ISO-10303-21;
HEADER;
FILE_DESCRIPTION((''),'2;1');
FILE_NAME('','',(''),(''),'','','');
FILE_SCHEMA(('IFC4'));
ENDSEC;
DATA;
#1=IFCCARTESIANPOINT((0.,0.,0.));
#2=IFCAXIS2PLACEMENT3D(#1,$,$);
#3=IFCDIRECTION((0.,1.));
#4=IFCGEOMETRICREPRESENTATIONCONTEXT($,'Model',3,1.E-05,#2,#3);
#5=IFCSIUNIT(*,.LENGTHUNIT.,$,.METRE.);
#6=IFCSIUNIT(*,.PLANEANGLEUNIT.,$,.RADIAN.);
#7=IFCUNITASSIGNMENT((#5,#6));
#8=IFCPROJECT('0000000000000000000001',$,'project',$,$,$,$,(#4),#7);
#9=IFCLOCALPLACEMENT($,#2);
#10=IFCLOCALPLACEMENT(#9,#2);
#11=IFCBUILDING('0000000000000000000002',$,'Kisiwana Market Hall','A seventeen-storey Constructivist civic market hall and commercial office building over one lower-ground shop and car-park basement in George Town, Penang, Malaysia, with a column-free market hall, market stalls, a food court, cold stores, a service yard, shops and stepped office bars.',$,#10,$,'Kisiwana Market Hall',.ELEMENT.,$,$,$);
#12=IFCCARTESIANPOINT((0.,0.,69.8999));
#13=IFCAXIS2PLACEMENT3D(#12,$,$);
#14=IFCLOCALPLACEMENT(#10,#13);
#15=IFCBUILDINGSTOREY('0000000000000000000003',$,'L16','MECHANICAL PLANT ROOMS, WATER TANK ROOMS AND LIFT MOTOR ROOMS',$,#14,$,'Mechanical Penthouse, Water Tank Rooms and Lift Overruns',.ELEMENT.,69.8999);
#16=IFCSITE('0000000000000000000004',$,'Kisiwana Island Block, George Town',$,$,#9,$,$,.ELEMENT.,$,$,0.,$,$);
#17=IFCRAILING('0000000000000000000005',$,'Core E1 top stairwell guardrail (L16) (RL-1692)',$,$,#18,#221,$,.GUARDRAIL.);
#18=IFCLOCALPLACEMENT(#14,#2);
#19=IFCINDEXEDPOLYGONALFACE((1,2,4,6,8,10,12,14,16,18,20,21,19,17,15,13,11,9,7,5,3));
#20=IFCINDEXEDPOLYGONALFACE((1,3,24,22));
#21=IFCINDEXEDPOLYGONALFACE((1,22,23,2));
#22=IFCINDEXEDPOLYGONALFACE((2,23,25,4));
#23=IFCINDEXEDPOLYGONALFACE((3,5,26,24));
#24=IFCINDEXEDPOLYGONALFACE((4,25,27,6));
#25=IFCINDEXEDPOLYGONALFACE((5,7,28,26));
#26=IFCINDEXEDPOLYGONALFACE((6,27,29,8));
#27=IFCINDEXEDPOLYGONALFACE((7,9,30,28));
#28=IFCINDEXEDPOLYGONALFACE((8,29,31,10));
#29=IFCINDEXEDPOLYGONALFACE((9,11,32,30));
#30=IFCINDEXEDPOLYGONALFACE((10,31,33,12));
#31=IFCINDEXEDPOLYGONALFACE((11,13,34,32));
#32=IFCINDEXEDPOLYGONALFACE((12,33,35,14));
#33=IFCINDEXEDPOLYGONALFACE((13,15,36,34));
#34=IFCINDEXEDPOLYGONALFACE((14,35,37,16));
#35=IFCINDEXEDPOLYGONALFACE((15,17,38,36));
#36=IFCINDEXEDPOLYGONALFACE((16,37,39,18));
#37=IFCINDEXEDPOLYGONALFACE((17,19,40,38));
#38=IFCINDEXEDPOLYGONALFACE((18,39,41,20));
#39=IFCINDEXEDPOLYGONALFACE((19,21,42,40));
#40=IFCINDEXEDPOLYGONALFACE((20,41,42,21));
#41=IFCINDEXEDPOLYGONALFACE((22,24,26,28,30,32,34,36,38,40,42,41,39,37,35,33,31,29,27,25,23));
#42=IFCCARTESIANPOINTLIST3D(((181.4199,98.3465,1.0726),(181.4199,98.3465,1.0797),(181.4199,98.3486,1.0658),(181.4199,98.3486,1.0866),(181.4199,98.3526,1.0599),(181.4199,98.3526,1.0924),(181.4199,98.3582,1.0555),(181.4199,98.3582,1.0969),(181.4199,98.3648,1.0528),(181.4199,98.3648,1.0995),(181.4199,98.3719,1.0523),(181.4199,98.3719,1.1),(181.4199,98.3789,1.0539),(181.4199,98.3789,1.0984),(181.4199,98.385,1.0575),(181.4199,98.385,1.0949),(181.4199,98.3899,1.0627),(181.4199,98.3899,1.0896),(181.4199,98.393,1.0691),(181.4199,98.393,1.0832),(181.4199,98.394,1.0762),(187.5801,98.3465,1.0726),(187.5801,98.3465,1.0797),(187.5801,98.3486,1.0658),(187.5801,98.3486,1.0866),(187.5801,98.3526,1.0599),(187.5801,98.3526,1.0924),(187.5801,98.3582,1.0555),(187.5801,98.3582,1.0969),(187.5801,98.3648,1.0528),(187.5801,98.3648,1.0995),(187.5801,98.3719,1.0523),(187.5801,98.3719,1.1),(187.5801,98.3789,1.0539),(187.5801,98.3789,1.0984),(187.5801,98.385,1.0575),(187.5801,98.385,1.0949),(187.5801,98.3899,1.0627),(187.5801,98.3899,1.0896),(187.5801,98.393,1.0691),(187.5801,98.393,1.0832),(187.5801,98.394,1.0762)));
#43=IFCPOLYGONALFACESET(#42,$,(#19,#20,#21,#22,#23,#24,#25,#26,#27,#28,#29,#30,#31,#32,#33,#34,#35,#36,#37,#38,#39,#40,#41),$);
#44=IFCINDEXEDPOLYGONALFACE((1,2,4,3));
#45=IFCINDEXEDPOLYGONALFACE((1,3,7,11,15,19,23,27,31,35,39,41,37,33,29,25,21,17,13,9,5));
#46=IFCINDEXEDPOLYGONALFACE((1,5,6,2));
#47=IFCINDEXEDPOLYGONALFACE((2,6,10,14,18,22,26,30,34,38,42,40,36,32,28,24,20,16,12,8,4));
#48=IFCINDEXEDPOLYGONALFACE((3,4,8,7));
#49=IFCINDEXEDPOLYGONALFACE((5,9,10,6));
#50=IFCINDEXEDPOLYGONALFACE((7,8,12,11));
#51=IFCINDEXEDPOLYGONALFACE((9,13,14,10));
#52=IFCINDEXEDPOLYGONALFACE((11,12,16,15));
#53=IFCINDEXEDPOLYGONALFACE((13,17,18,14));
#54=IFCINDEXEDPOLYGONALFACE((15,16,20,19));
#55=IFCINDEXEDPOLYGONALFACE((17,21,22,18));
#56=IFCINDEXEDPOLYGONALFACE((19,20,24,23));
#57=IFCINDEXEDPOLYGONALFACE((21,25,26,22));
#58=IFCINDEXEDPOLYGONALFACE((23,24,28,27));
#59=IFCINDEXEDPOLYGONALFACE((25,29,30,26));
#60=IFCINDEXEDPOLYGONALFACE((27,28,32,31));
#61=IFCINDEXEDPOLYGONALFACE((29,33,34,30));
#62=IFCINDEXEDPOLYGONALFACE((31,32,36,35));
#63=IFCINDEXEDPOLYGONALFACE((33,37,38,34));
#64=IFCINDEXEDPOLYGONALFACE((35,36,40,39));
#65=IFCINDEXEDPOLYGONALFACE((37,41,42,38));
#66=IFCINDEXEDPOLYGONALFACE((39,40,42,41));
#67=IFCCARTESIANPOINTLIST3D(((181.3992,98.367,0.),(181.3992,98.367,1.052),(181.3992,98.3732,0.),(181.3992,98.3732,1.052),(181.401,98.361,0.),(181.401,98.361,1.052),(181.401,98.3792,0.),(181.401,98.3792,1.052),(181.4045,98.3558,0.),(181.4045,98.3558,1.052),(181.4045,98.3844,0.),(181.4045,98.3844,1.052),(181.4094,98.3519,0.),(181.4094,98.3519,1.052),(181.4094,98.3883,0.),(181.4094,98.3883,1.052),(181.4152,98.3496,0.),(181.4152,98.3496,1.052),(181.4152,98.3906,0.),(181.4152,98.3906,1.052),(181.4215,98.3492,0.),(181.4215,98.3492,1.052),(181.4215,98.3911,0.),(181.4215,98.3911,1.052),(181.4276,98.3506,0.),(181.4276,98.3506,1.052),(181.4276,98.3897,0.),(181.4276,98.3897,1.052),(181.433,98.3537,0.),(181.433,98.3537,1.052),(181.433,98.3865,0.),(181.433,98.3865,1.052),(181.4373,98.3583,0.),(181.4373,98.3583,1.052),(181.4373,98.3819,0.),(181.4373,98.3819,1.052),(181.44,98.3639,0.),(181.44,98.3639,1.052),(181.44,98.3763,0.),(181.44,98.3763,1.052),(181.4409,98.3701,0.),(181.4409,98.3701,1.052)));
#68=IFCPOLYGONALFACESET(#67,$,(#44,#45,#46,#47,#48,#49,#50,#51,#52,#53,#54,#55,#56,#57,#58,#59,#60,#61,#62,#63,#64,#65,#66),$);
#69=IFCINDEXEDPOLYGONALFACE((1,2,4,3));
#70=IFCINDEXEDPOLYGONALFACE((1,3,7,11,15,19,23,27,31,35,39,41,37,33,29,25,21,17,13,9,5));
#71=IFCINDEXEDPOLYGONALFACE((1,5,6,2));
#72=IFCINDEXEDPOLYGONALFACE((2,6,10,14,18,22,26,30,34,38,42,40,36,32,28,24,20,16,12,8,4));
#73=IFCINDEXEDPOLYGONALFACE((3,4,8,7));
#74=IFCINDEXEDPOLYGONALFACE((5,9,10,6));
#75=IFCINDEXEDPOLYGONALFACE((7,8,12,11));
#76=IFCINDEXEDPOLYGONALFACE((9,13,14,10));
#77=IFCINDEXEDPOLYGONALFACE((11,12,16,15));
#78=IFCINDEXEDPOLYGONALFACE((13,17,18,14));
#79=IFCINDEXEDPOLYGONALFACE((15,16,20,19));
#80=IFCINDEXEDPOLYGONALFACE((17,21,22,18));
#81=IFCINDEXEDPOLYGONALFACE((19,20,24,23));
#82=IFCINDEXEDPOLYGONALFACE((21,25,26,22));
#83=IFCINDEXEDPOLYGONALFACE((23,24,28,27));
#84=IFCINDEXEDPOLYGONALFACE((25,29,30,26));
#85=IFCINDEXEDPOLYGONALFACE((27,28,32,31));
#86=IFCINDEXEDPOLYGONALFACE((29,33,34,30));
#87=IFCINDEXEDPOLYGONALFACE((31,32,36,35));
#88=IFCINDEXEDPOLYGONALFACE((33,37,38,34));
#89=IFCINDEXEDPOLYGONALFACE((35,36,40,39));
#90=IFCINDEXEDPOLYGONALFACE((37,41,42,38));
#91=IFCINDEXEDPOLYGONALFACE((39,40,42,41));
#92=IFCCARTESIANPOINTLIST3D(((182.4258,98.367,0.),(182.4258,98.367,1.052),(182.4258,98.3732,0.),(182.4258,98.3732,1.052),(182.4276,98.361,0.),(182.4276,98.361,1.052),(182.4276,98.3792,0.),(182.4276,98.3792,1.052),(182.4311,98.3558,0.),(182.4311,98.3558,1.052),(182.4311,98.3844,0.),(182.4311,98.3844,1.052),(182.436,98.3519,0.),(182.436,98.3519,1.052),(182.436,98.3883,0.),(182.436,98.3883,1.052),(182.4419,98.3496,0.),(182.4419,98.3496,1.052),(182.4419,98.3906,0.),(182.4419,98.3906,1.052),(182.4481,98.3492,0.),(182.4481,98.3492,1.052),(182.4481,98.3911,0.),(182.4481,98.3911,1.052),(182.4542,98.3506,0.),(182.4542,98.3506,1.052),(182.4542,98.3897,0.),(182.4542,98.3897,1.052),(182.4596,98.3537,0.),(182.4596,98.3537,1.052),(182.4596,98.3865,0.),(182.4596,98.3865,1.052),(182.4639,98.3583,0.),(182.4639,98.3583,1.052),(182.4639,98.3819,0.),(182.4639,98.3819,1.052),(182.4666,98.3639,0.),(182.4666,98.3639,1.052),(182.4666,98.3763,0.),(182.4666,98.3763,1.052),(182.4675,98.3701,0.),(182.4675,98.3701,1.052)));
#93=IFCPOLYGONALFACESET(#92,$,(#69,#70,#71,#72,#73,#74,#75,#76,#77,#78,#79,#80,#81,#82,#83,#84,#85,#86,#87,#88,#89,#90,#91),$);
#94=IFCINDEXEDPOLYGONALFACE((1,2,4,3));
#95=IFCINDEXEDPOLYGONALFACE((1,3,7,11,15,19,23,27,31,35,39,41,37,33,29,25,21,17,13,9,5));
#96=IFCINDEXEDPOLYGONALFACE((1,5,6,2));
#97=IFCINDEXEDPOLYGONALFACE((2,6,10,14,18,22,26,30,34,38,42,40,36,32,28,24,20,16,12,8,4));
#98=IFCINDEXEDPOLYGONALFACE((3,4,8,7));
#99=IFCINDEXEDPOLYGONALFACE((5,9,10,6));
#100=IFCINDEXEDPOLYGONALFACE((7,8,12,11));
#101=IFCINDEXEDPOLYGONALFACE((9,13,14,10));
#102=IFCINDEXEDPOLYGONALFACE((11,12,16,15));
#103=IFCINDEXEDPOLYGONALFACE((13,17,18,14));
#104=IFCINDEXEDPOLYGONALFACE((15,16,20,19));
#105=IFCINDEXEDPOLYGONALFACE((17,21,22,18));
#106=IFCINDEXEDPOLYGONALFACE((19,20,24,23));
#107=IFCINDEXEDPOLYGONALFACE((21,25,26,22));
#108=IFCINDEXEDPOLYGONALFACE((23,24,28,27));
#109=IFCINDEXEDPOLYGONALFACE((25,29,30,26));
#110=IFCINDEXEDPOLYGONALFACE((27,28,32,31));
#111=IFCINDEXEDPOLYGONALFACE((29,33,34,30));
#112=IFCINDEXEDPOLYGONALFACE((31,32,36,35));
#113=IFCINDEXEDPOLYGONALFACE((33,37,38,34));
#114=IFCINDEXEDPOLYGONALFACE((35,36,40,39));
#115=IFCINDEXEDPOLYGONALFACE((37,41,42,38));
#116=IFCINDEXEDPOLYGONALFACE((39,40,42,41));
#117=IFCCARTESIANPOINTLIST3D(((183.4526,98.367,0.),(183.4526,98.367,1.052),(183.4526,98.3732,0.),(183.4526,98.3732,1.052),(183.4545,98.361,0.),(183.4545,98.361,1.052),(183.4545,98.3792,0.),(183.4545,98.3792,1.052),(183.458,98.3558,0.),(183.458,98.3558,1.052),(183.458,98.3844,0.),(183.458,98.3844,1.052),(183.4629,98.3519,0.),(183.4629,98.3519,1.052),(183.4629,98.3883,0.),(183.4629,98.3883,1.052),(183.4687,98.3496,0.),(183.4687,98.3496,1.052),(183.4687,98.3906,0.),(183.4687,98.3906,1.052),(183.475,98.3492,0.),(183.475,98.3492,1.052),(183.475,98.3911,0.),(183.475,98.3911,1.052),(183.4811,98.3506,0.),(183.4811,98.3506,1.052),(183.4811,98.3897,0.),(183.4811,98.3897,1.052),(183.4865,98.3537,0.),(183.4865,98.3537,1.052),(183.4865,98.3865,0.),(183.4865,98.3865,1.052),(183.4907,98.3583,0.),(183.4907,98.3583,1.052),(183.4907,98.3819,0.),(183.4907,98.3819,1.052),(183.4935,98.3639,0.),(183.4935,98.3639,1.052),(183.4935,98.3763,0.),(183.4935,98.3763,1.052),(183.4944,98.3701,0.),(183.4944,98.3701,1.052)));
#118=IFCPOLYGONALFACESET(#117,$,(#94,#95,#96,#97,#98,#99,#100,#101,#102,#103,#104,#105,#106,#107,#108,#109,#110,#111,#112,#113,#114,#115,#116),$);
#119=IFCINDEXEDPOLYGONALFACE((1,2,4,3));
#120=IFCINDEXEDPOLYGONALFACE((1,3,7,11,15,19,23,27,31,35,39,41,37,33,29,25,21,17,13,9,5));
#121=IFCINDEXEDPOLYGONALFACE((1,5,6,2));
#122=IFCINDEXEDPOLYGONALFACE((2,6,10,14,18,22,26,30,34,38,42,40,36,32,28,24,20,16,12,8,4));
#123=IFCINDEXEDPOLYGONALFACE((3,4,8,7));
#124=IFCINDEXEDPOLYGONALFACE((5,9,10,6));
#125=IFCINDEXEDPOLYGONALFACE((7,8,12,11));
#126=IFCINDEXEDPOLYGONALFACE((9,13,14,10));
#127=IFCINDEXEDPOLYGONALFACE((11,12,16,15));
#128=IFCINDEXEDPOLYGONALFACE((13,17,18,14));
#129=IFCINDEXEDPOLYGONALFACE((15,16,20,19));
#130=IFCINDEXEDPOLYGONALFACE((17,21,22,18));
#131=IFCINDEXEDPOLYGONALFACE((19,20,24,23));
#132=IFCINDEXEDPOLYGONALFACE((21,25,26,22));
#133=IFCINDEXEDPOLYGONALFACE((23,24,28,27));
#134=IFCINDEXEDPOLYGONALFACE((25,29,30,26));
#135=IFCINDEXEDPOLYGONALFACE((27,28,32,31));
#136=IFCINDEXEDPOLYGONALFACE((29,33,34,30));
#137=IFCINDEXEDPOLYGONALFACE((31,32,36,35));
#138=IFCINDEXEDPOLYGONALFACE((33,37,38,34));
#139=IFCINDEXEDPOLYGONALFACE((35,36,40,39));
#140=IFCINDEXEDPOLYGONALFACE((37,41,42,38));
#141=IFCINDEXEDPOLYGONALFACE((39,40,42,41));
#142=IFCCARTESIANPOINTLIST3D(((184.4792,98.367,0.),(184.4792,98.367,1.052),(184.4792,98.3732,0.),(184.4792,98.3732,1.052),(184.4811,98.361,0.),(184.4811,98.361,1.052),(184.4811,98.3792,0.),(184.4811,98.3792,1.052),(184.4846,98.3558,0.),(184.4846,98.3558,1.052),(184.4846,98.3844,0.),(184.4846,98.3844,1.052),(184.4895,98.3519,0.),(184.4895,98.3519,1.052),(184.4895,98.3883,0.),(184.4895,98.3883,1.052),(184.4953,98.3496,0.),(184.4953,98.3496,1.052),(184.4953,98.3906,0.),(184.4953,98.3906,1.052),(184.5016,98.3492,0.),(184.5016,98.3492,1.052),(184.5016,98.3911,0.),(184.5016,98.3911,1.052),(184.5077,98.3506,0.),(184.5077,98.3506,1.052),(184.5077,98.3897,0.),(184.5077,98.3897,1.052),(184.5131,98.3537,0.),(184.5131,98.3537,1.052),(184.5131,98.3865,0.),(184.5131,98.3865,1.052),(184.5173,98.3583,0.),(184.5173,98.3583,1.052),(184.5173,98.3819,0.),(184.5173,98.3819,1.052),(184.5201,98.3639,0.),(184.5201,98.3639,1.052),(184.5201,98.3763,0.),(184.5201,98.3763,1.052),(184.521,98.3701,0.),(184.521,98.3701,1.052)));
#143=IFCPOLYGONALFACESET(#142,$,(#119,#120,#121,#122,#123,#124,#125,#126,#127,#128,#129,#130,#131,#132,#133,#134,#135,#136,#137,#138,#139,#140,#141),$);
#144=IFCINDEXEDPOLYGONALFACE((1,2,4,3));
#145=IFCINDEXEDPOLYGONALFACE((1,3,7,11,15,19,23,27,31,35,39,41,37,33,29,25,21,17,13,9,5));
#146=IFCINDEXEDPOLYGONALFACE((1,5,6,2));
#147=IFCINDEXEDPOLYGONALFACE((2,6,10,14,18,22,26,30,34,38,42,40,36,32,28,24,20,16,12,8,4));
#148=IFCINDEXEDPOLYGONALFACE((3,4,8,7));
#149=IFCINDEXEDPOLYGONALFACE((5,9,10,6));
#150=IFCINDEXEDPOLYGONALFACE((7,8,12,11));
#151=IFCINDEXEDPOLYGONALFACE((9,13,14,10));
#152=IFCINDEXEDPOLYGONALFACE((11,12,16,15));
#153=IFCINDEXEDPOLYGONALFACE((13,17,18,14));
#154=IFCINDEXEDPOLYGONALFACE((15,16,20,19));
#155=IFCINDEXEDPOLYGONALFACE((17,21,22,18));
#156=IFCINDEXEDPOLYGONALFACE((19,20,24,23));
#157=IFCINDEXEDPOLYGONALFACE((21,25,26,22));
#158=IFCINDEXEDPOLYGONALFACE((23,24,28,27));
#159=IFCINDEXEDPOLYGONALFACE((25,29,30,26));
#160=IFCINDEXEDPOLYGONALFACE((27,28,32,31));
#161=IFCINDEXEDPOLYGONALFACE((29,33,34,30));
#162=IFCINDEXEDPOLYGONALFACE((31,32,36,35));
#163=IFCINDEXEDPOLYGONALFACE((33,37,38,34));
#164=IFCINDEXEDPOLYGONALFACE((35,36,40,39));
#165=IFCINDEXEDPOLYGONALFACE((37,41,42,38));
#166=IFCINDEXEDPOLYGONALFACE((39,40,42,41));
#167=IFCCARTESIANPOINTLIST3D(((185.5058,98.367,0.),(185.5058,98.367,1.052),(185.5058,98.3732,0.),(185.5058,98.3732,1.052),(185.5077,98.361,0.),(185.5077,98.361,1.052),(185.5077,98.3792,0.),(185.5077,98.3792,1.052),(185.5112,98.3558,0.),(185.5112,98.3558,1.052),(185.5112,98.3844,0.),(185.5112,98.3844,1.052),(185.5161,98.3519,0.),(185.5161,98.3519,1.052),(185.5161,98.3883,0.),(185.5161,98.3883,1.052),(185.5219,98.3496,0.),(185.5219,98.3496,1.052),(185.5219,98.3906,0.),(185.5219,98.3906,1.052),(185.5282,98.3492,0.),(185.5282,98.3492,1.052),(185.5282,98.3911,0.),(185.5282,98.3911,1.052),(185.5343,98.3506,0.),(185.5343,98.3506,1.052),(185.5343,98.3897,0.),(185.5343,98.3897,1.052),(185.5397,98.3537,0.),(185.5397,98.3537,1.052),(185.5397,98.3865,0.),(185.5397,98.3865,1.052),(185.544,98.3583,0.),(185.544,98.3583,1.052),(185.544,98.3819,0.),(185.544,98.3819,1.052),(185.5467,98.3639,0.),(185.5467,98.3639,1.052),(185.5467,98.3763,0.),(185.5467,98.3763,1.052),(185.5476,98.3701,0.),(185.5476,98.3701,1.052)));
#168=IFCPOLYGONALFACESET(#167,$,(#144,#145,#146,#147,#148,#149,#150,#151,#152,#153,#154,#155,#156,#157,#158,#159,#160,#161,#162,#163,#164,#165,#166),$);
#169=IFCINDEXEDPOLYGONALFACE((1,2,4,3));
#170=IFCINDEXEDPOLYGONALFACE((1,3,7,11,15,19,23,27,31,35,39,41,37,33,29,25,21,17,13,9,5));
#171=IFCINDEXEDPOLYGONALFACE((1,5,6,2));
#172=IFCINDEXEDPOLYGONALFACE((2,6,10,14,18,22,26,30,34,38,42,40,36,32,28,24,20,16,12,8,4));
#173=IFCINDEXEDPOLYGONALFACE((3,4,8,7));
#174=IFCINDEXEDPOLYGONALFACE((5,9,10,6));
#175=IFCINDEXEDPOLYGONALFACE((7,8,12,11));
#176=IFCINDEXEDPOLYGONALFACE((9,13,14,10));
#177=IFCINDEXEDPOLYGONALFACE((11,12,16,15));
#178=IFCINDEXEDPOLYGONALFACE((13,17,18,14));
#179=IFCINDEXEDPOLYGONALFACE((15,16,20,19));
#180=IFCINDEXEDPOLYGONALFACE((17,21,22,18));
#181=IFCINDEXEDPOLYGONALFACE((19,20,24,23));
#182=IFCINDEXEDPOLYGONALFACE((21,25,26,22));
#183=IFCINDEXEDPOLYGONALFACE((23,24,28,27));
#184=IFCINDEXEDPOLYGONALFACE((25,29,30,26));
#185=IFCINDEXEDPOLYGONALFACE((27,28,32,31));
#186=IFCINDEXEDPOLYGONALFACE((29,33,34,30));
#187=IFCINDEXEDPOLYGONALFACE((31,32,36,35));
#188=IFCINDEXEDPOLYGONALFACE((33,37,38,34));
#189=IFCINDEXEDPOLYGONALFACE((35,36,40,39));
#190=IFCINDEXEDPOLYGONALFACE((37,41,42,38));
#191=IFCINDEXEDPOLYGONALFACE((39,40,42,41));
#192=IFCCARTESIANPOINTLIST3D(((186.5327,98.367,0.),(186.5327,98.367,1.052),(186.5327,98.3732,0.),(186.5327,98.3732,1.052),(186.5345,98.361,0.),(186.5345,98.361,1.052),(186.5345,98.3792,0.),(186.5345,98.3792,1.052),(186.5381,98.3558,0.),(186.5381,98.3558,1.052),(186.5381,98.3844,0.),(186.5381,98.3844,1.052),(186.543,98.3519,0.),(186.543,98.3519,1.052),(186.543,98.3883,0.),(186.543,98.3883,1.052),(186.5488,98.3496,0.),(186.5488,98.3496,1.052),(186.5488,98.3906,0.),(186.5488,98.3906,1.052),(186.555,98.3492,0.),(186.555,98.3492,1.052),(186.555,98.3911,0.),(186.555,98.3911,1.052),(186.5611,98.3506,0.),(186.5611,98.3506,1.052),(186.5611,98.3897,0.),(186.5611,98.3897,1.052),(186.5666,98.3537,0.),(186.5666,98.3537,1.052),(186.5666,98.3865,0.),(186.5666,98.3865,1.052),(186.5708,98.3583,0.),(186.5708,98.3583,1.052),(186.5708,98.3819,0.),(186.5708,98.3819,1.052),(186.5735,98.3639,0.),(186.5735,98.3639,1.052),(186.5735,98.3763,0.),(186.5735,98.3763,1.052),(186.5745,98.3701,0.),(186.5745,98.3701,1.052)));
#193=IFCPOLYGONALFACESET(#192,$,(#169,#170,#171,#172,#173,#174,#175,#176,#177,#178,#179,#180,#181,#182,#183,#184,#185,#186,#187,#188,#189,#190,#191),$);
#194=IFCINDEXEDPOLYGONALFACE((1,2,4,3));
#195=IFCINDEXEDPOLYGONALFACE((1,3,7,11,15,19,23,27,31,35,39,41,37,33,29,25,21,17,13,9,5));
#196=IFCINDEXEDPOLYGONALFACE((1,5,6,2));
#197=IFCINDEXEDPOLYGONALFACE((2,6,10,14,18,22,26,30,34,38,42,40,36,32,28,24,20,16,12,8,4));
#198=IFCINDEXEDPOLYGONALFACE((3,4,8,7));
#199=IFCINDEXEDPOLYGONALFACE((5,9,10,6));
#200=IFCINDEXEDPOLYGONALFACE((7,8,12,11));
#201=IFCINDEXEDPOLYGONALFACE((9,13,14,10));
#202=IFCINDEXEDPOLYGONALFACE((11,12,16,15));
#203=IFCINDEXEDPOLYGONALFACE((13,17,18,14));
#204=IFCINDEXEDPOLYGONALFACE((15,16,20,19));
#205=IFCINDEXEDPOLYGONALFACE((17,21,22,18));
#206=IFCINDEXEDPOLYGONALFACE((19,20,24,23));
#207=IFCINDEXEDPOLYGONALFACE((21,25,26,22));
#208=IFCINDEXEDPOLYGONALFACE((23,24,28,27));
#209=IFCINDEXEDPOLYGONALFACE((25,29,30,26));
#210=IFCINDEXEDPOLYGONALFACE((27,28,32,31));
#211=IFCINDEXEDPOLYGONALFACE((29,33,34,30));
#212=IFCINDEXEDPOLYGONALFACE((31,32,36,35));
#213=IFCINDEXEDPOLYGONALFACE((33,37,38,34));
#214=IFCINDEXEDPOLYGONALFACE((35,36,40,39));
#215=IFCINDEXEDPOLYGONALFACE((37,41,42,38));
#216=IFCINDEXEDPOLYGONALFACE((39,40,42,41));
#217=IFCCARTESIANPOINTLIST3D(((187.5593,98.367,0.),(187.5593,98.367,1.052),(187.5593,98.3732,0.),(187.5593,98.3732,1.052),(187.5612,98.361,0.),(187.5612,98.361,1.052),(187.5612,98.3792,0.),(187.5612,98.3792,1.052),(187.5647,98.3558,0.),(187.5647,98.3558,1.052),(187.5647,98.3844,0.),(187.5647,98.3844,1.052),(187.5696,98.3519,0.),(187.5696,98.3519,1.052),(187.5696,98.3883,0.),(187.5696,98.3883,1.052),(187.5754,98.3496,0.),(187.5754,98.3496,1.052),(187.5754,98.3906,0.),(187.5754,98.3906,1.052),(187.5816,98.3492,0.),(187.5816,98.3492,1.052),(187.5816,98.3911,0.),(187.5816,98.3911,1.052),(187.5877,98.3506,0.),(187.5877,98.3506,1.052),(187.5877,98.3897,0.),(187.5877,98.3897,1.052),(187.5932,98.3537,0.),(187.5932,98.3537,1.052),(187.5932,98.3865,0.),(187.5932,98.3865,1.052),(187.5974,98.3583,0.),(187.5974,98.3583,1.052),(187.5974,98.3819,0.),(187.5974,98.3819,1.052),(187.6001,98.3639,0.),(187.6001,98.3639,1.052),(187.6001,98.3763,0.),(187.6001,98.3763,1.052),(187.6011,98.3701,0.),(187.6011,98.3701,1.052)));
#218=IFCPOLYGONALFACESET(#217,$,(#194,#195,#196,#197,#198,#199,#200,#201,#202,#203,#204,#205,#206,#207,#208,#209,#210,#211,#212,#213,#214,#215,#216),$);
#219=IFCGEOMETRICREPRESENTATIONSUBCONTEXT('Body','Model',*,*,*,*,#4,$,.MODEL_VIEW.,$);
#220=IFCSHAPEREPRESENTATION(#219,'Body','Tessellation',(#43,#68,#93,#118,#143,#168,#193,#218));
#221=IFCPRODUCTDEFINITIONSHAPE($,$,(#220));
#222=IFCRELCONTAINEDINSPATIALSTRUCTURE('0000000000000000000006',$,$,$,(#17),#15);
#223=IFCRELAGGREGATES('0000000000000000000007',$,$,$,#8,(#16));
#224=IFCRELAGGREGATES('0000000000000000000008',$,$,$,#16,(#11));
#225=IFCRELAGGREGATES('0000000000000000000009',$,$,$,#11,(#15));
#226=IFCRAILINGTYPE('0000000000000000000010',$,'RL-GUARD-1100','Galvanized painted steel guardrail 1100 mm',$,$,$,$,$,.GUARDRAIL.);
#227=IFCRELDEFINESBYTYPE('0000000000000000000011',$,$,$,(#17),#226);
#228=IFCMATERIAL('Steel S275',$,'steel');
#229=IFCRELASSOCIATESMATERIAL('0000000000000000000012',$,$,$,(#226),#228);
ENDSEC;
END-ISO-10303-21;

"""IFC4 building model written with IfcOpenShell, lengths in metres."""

from ifc_helpers import new_model, si_unit, direction, frame, origin, origin_2d, place, context, subcontext, project, spatial, circle, extrude, material, type_object, element, save


model = new_model("IFC4")

# Units and contexts
model_context = context("Model", 3, precision=1e-05, world=origin(), true_north=direction((0.0, 1.0)))
body_context = subcontext(model_context, "Body", "Model", "MODEL_VIEW")
ifc_project = project(units=[si_unit("LENGTHUNIT", "METRE"), si_unit("PLANEANGLEUNIT", "RADIAN")], contexts=[model_context])

# Site, building, storey
site_placement = place(None, origin())
site = spatial("IfcSite", under=ifc_project, at=site_placement, Name="Kisiwana Island Block, George Town", CompositionType="ELEMENT", RefElevation=0.0)
building_placement = place(site_placement, origin())
building = spatial("IfcBuilding", under=site, at=building_placement, Name="Kisiwana Market Hall", Description="A seventeen-storey Constructivist civic market hall and commercial office building over one lower-ground shop and car-park basement in George Town, Penang, Malaysia, with a column-free market hall, market stalls, a food court, cold stores, a service yard, shops and stepped office bars.", LongName="Kisiwana Market Hall", CompositionType="ELEMENT")
storey_placement = place(building_placement, frame((0.0, 0.0, 69.8999)))
storey = spatial("IfcBuildingStorey", under=building, at=storey_placement, Name="L16", Description="MECHANICAL PLANT ROOMS, WATER TANK ROOMS AND LIFT MOTOR ROOMS", LongName="Mechanical Penthouse, Water Tank Rooms and Lift Overruns", CompositionType="ELEMENT", Elevation=69.8999)

# Railing
ifc_material_1 = material(Name="Steel S275", Category="steel")
railing_type = type_object("IfcRailingType", Name="RL-GUARD-1100", Description="Galvanized painted steel guardrail 1100 mm", PredefinedType="GUARDRAIL", material=ifc_material_1)
railing_placement = place(storey_placement, frame((181.4199, 98.3701, 0.0)))
element("IfcRailing", 1, at=railing_placement, inside=storey, type_object=railing_type, Name="Core E1 top stairwell guardrail (L16) (RL-1692)", PredefinedType="GUARDRAIL", context=body_context, shape_type="SweptSolid", body=[
    extrude(circle(Radius=0.0239, at=origin_2d()), frame((0.0, 0.0, 1.0762), z_axis=(1.0, 0.0, 0.0), x_axis=(0.0, 1.0, 0.0)), (0.0, 0.0, 1.0), 6.1602),
    extrude(circle(Radius=0.021, at=origin_2d()), origin(), (0.0, 0.0, 1.0), 1.052),
    extrude(circle(Radius=0.021, at=origin_2d()), frame((1.0266, 0.0, 0.0)), (0.0, 0.0, 1.0), 1.052),
    extrude(circle(Radius=0.021, at=origin_2d()), frame((2.0535, 0.0, 0.0)), (0.0, 0.0, 1.0), 1.052),
    extrude(circle(Radius=0.021, at=origin_2d()), frame((3.0801, 0.0, 0.0)), (0.0, 0.0, 1.0), 1.052),
    extrude(circle(Radius=0.021, at=origin_2d()), frame((4.1067, 0.0, 0.0)), (0.0, 0.0, 1.0), 1.052),
    extrude(circle(Radius=0.021, at=origin_2d()), frame((5.1335, 0.0, 0.0)), (0.0, 0.0, 1.0), 1.052),
    extrude(circle(Radius=0.021, at=origin_2d()), frame((6.1602, 0.0, 0.0)), (0.0, 0.0, 1.0), 1.052),
])

save(model, "model.ifc")
